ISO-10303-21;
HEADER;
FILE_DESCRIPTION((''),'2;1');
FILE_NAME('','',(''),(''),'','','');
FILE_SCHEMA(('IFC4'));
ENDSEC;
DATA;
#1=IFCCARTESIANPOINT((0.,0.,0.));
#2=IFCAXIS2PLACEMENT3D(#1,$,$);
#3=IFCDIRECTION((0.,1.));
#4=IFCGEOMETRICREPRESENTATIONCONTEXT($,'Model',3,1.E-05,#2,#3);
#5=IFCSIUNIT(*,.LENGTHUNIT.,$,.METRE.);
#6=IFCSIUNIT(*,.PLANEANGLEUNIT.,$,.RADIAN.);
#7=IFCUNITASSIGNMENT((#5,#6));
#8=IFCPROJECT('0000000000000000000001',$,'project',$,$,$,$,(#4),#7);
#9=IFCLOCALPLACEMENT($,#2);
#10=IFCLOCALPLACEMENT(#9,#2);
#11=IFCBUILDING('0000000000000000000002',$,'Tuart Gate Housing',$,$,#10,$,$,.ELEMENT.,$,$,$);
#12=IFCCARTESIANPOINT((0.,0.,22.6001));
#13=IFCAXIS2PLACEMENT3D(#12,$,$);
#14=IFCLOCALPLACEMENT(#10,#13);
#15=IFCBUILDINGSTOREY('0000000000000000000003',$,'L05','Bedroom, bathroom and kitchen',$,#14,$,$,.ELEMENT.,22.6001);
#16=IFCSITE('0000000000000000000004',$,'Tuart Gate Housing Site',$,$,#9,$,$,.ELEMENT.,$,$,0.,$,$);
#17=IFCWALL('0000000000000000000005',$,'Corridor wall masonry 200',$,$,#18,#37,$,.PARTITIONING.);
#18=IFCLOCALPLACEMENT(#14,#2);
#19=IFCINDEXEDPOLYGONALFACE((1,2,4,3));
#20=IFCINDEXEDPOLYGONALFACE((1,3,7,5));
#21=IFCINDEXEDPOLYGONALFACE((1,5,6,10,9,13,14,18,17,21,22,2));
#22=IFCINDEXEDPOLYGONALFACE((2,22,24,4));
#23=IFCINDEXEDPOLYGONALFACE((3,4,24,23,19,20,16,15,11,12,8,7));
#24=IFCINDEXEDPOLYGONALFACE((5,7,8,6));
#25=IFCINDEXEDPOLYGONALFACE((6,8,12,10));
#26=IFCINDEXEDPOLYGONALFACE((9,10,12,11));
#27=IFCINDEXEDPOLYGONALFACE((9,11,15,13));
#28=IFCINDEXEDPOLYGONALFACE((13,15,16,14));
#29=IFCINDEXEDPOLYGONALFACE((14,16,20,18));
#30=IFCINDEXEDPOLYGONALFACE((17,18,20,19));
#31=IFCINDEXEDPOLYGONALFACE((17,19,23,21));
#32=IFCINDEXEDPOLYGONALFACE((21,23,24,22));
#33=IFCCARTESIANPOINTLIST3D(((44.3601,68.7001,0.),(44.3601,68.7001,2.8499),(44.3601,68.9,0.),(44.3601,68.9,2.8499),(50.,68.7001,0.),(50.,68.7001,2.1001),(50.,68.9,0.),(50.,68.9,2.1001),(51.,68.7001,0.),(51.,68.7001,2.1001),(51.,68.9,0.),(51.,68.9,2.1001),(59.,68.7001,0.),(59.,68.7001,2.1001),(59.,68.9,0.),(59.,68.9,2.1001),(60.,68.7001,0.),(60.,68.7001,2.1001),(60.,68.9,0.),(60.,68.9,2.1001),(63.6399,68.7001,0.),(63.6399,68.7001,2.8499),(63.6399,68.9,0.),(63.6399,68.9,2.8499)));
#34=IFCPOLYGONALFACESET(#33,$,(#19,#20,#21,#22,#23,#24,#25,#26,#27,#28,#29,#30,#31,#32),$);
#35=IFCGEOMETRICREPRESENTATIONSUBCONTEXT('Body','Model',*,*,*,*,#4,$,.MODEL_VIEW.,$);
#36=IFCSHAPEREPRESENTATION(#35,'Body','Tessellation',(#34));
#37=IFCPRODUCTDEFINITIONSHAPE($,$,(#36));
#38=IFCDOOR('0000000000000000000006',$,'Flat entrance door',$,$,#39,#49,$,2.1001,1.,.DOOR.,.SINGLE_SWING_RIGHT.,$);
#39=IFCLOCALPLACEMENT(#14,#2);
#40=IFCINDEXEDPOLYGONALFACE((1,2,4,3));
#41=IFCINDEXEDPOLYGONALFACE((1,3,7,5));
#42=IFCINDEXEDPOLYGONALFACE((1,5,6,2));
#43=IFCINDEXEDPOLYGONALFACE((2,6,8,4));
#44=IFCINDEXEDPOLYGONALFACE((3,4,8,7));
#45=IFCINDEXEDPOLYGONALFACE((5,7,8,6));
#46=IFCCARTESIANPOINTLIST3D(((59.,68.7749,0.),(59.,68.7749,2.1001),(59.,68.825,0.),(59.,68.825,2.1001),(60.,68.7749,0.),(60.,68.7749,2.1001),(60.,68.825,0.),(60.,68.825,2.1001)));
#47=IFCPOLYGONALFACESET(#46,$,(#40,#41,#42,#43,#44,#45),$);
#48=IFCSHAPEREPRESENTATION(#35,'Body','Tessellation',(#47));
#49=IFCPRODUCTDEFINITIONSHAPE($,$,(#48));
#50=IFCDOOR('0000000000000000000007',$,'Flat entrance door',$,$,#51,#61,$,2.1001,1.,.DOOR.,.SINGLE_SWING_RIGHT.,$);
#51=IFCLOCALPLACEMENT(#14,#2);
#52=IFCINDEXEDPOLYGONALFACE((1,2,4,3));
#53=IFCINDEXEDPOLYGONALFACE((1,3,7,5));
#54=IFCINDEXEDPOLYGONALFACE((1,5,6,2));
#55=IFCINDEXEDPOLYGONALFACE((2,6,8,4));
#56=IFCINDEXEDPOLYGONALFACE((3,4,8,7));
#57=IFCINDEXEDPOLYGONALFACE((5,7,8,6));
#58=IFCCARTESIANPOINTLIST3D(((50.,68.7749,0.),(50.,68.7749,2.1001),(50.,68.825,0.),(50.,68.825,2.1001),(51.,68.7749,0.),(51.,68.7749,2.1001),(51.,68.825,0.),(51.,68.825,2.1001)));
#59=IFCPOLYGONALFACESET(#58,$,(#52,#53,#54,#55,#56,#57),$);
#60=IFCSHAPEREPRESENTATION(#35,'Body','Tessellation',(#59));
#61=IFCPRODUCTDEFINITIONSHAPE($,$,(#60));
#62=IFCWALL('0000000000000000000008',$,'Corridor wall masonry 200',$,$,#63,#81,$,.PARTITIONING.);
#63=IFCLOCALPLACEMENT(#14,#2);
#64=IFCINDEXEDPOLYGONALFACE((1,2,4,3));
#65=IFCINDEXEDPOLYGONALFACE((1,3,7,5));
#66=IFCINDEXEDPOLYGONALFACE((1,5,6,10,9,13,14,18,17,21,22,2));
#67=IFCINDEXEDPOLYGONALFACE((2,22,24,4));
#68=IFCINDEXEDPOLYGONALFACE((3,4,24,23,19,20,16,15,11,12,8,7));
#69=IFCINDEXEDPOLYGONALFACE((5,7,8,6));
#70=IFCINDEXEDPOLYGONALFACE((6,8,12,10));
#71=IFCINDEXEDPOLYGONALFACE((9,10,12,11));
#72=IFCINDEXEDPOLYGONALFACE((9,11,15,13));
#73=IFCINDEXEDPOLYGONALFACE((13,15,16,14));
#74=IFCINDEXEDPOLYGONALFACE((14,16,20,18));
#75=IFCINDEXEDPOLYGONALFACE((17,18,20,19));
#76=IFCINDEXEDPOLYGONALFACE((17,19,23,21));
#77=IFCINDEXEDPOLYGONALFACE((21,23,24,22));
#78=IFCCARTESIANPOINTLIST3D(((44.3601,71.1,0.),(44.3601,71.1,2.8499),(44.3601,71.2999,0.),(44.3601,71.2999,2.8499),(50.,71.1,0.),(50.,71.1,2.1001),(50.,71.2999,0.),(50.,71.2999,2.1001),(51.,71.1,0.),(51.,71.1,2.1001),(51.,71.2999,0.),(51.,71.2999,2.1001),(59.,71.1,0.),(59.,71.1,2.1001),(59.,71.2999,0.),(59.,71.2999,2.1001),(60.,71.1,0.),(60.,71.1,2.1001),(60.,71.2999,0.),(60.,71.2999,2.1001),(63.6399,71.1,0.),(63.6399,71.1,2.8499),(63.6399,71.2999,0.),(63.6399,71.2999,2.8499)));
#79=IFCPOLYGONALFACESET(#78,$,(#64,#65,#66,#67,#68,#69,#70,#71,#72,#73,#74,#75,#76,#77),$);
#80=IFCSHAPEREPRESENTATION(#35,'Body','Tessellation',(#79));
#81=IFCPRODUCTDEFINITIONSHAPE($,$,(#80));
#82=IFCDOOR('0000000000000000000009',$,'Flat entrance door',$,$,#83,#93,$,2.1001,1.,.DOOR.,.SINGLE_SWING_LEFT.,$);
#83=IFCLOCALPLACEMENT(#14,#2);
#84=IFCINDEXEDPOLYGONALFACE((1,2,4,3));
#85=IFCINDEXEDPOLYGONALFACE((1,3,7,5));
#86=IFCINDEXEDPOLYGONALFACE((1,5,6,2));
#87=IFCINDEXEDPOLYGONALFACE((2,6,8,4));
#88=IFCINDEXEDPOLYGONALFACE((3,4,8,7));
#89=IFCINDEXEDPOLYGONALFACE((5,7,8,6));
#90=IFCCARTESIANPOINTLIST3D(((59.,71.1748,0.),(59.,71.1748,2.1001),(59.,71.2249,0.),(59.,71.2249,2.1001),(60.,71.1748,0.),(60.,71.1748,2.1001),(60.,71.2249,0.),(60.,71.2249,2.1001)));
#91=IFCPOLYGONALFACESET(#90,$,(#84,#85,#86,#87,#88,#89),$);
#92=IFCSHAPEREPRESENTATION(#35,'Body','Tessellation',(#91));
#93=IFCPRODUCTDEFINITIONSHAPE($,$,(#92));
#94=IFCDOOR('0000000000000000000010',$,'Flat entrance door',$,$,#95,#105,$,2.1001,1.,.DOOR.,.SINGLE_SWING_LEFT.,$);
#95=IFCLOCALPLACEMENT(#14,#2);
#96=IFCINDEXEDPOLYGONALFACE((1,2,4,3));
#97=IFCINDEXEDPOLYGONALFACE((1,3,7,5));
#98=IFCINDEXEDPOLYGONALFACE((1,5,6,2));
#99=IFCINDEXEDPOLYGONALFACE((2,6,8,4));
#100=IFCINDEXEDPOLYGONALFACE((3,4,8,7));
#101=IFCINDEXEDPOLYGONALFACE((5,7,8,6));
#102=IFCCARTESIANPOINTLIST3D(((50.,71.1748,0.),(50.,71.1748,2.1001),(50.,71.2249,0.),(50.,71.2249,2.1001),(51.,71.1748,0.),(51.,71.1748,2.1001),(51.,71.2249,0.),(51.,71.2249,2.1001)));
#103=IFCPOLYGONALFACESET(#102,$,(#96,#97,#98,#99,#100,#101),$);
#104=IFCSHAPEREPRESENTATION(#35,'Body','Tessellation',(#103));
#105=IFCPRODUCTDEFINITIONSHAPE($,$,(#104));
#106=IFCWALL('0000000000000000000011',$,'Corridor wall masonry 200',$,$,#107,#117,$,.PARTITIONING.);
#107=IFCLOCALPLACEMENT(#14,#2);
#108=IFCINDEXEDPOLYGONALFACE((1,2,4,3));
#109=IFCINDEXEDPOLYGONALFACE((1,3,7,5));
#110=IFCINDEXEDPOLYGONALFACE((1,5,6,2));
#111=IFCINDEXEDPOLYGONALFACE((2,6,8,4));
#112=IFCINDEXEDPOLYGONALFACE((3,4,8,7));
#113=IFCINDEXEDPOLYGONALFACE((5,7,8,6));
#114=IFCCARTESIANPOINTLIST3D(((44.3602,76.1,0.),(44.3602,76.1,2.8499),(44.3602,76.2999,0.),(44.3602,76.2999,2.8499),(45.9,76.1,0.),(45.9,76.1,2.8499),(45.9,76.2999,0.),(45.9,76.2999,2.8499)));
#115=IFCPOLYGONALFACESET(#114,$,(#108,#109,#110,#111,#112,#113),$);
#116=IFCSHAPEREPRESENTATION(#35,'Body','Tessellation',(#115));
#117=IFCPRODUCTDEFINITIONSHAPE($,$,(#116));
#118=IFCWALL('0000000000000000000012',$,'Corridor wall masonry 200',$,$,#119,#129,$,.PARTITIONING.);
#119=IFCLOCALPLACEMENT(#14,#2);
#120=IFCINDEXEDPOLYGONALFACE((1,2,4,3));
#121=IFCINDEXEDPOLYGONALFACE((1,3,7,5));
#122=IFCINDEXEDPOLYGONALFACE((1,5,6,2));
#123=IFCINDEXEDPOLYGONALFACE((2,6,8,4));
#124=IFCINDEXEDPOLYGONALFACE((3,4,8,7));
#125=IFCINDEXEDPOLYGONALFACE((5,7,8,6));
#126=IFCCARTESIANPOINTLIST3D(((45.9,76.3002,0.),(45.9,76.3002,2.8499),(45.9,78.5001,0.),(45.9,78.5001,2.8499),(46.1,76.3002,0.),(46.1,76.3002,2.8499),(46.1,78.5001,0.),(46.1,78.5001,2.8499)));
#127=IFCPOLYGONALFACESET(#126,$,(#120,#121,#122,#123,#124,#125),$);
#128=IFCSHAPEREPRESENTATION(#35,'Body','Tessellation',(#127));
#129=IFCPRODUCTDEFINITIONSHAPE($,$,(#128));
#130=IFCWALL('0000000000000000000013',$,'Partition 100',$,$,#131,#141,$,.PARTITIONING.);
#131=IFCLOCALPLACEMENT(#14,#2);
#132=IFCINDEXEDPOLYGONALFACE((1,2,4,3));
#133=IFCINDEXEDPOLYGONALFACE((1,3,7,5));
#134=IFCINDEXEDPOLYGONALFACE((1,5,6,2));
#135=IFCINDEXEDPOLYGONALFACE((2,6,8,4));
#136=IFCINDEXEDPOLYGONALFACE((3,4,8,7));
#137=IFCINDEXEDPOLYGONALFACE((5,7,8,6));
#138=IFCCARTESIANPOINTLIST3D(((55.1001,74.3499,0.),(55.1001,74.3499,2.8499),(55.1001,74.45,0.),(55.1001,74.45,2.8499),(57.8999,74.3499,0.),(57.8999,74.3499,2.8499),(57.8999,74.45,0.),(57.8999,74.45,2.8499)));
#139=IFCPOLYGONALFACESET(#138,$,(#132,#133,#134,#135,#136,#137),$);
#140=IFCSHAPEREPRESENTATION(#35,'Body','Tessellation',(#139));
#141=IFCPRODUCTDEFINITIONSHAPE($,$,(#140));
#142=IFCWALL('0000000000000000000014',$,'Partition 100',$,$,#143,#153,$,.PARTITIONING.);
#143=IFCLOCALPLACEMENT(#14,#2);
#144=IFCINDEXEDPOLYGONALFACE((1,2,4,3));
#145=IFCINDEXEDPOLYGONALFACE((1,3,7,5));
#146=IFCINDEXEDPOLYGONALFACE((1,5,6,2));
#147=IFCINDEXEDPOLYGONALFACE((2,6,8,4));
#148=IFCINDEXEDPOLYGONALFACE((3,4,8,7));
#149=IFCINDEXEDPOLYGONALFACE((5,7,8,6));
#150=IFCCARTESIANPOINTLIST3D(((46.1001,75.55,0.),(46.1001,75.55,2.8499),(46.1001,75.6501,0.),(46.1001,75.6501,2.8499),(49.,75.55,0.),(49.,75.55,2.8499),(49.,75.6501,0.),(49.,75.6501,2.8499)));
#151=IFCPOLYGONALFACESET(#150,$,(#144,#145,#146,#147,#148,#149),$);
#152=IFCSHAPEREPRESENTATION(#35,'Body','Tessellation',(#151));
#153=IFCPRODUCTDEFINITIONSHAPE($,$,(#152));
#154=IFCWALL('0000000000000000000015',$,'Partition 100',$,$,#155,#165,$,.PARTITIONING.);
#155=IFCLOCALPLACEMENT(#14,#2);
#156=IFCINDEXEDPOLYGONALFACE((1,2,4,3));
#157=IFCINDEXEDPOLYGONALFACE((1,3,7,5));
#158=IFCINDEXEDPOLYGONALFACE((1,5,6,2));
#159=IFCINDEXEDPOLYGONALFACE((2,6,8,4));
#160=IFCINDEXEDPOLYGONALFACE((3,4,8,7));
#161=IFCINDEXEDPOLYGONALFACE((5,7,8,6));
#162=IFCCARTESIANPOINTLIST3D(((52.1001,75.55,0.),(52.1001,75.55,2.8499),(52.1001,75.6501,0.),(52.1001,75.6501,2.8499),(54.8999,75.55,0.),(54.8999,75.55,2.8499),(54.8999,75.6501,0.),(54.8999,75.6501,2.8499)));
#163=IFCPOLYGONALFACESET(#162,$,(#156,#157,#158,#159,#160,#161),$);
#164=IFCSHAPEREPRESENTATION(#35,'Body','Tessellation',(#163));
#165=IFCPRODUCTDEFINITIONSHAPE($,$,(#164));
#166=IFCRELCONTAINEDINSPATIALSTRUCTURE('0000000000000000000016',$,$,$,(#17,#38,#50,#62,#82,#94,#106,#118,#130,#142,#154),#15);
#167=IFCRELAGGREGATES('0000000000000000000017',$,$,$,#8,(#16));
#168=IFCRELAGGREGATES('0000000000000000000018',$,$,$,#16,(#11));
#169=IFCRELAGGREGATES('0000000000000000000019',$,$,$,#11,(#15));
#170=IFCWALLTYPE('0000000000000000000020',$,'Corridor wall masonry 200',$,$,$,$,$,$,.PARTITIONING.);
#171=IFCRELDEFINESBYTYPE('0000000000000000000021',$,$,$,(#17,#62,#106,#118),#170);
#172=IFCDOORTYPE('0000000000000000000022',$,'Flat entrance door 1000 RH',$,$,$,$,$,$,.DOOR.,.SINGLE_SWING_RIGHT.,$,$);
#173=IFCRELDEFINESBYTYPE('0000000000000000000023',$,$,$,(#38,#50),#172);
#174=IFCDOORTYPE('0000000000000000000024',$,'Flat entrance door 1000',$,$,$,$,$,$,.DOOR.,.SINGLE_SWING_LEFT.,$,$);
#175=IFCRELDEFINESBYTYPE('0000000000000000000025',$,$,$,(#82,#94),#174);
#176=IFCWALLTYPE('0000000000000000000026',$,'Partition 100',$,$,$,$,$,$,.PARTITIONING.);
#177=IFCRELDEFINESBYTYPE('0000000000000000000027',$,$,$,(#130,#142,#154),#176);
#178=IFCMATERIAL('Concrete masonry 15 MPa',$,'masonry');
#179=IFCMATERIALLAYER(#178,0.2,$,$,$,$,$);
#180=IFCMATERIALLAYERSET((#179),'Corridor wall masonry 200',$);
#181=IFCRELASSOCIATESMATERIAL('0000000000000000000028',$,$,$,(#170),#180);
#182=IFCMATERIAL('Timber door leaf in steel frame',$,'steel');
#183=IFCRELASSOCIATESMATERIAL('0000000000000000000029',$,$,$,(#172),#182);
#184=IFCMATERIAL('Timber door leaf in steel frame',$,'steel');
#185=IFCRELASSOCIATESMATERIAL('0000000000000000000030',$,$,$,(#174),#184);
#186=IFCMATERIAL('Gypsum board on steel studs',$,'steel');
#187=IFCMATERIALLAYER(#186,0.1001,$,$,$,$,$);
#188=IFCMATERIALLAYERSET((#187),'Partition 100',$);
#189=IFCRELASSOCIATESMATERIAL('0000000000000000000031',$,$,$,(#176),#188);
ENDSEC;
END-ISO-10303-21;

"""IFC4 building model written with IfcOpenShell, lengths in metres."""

from ifc_helpers import new_model, si_unit, direction, frame, frame_2d, origin, place, context, subcontext, project, spatial, rectangle, extrude, material, layer, layer_set, type_object, element, fill, save


model = new_model("IFC4")

# Units and contexts
model_context = context("Model", 3, precision=1e-05, world=origin(), true_north=direction((0.0, 1.0)))
body_context = subcontext(model_context, "Body", "Model", "MODEL_VIEW")
ifc_project = project(units=[si_unit("LENGTHUNIT", "METRE"), si_unit("PLANEANGLEUNIT", "RADIAN")], contexts=[model_context])

# Site, building, storey
site_placement = place(None, origin())
site = spatial("IfcSite", under=ifc_project, at=site_placement, Name="Tuart Gate Housing Site", CompositionType="ELEMENT", RefElevation=0.0)
building_placement = place(site_placement, origin())
building = spatial("IfcBuilding", under=site, at=building_placement, Name="Tuart Gate Housing", CompositionType="ELEMENT")
storey_placement = place(building_placement, frame((0.0, 0.0, 22.6001)))
storey = spatial("IfcBuildingStorey", under=building, at=storey_placement, Name="L05", Description="Bedroom, bathroom and kitchen", CompositionType="ELEMENT", Elevation=22.6001)

# Walls, openings, doors
ifc_material_1 = material(Name="Concrete masonry 15 MPa", Category="masonry")
ifc_layer_1 = layer(ifc_material_1, 0.2)
ifc_layer_set_1 = layer_set([ifc_layer_1], Name="Corridor wall masonry 200")
wall_type_1 = type_object("IfcWallType", Name="Corridor wall masonry 200", PredefinedType="PARTITIONING", material=ifc_layer_set_1)
wall_1_placement = place(storey_placement, frame((44.3601, 68.8, 0.0), z_axis=(0.0, 0.0, 1.0), x_axis=(1.0, 0.0, 0.0)))
wall_1 = element("IfcWall", 1, at=wall_1_placement, inside=storey, type_object=wall_type_1, Name="Corridor wall masonry 200", PredefinedType="PARTITIONING", context=body_context, shape_type="SweptSolid", body=[
    extrude(rectangle(XDim=19.2798, YDim=0.2, at=frame_2d((9.6399, 0.0))), origin(), (0.0, 0.0, 1.0), 2.8499),
])
opening_1_placement = place(wall_1_placement, frame((14.6399, 0.0, 0.0)))
opening_1 = element("IfcOpeningElement", 2, at=opening_1_placement, cuts=wall_1, PredefinedType="OPENING", context=body_context, shape_type="SweptSolid", body=[
    extrude(rectangle(XDim=1.0, YDim=2.1001, at=frame_2d((0.5, 1.05))), frame((0.0, 0.1099, 0.0), z_axis=(0.0, -1.0, 0.0), x_axis=(1.0, 0.0, 0.0)), (0.0, 0.0, 1.0), 0.22),
])
opening_2_placement = place(wall_1_placement, frame((5.6399, 0.0, 0.0)))
opening_2 = element("IfcOpeningElement", 3, at=opening_2_placement, cuts=wall_1, PredefinedType="OPENING", context=body_context, shape_type="SweptSolid", body=[
    extrude(rectangle(XDim=1.0, YDim=2.1001, at=frame_2d((0.5, 1.05))), frame((0.0, 0.1099, 0.0), z_axis=(0.0, -1.0, 0.0), x_axis=(1.0, 0.0, 0.0)), (0.0, 0.0, 1.0), 0.22),
])
ifc_material_2 = material(Name="Timber door leaf in steel frame", Category="steel")
door_type_1 = type_object("IfcDoorType", Name="Flat entrance door 1000 RH", OperationType="SINGLE_SWING_RIGHT", PredefinedType="DOOR", material=ifc_material_2)
door_1_placement = place(opening_1_placement, frame((1.0, 0.0, 0.0), z_axis=(0.0, 0.0, 1.0), x_axis=(-1.0, 0.0, 0.0)))
door_1 = element("IfcDoor", 4, at=door_1_placement, inside=storey, type_object=door_type_1, Name="Flat entrance door", OperationType="SINGLE_SWING_RIGHT", OverallHeight=2.1001, OverallWidth=1.0, PredefinedType="DOOR", context=body_context, shape_type="SweptSolid", body=[
    extrude(rectangle(XDim=1.0, YDim=2.1001, at=frame_2d((0.5, 1.05))), frame((0.0, 0.0251, 0.0), z_axis=(0.0, -1.0, 0.0), x_axis=(1.0, 0.0, 0.0)), (0.0, 0.0, 1.0), 0.05),
])
fill(opening_1, door_1)
door_2_placement = place(opening_2_placement, frame((1.0, 0.0, 0.0), z_axis=(0.0, 0.0, 1.0), x_axis=(-1.0, 0.0, 0.0)))
door_2 = element("IfcDoor", 5, at=door_2_placement, inside=storey, type_object=door_type_1, Name="Flat entrance door", OperationType="SINGLE_SWING_RIGHT", OverallHeight=2.1001, OverallWidth=1.0, PredefinedType="DOOR", context=body_context, shape_type="SweptSolid", body=[
    extrude(rectangle(XDim=1.0, YDim=2.1001, at=frame_2d((0.5, 1.05))), frame((0.0, 0.0251, 0.0), z_axis=(0.0, -1.0, 0.0), x_axis=(1.0, 0.0, 0.0)), (0.0, 0.0, 1.0), 0.05),
])
fill(opening_2, door_2)
wall_2_placement = place(storey_placement, frame((44.3601, 71.2, 0.0), z_axis=(0.0, 0.0, 1.0), x_axis=(1.0, 0.0, 0.0)))
wall_2 = element("IfcWall", 6, at=wall_2_placement, inside=storey, type_object=wall_type_1, Name="Corridor wall masonry 200", PredefinedType="PARTITIONING", context=body_context, shape_type="SweptSolid", body=[
    extrude(rectangle(XDim=19.2798, YDim=0.2, at=frame_2d((9.6399, 0.0))), origin(), (0.0, 0.0, 1.0), 2.8499),
])
opening_3_placement = place(wall_2_placement, frame((14.6399, 0.0, 0.0)))
opening_3 = element("IfcOpeningElement", 7, at=opening_3_placement, cuts=wall_2, PredefinedType="OPENING", context=body_context, shape_type="SweptSolid", body=[
    extrude(rectangle(XDim=1.0, YDim=2.1001, at=frame_2d((0.5, 1.05))), frame((0.0, 0.1099, 0.0), z_axis=(0.0, -1.0, 0.0), x_axis=(1.0, 0.0, 0.0)), (0.0, 0.0, 1.0), 0.22),
])
opening_4_placement = place(wall_2_placement, frame((5.6399, 0.0, 0.0)))
opening_4 = element("IfcOpeningElement", 8, at=opening_4_placement, cuts=wall_2, PredefinedType="OPENING", context=body_context, shape_type="SweptSolid", body=[
    extrude(rectangle(XDim=1.0, YDim=2.1001, at=frame_2d((0.5, 1.05))), frame((0.0, 0.1099, 0.0), z_axis=(0.0, -1.0, 0.0), x_axis=(1.0, 0.0, 0.0)), (0.0, 0.0, 1.0), 0.22),
])
ifc_material_3 = material(Name="Timber door leaf in steel frame", Category="steel")
door_type_2 = type_object("IfcDoorType", Name="Flat entrance door 1000", OperationType="SINGLE_SWING_LEFT", PredefinedType="DOOR", material=ifc_material_3)
door_3_placement = place(opening_3_placement, origin())
door_3 = element("IfcDoor", 9, at=door_3_placement, inside=storey, type_object=door_type_2, Name="Flat entrance door", OperationType="SINGLE_SWING_LEFT", OverallHeight=2.1001, OverallWidth=1.0, PredefinedType="DOOR", context=body_context, shape_type="SweptSolid", body=[
    extrude(rectangle(XDim=1.0, YDim=2.1001, at=frame_2d((0.5, 1.05))), frame((0.0, 0.0249, 0.0), z_axis=(0.0, -1.0, 0.0), x_axis=(1.0, 0.0, 0.0)), (0.0, 0.0, 1.0), 0.05),
])
fill(opening_3, door_3)
door_4_placement = place(opening_4_placement, origin())
door_4 = element("IfcDoor", 10, at=door_4_placement, inside=storey, type_object=door_type_2, Name="Flat entrance door", OperationType="SINGLE_SWING_LEFT", OverallHeight=2.1001, OverallWidth=1.0, PredefinedType="DOOR", context=body_context, shape_type="SweptSolid", body=[
    extrude(rectangle(XDim=1.0, YDim=2.1001, at=frame_2d((0.5, 1.05))), frame((0.0, 0.0249, 0.0), z_axis=(0.0, -1.0, 0.0), x_axis=(1.0, 0.0, 0.0)), (0.0, 0.0, 1.0), 0.05),
])
fill(opening_4, door_4)

# Walls
wall_3_placement = place(storey_placement, frame((44.3601, 76.2, 0.0), z_axis=(0.0, 0.0, 1.0), x_axis=(1.0, 0.0, 0.0)))
element("IfcWall", 11, at=wall_3_placement, inside=storey, type_object=wall_type_1, Name="Corridor wall masonry 200", PredefinedType="PARTITIONING", context=body_context, shape_type="SweptSolid", body=[
    extrude(rectangle(XDim=1.5398, YDim=0.2, at=frame_2d((0.77, 0.0))), origin(), (0.0, 0.0, 1.0), 2.8499),
])
wall_4_placement = place(storey_placement, frame((46.0, 76.3, 0.0), z_axis=(0.0, 0.0, 1.0), x_axis=(0.0, 1.0, 0.0)))
element("IfcWall", 12, at=wall_4_placement, inside=storey, type_object=wall_type_1, Name="Corridor wall masonry 200", PredefinedType="PARTITIONING", context=body_context, shape_type="SweptSolid", body=[
    extrude(rectangle(XDim=2.2, YDim=0.2, at=frame_2d((1.1001, 0.0))), origin(), (0.0, 0.0, 1.0), 2.8499),
])
ifc_material_4 = material(Name="Gypsum board on steel studs", Category="steel")
ifc_layer_2 = layer(ifc_material_4, 0.1001)
ifc_layer_set_2 = layer_set([ifc_layer_2], Name="Partition 100")
wall_type_2 = type_object("IfcWallType", Name="Partition 100", PredefinedType="PARTITIONING", material=ifc_layer_set_2)
wall_5_placement = place(storey_placement, frame((55.1001, 74.3999, 0.0), z_axis=(0.0, 0.0, 1.0), x_axis=(1.0, 0.0, 0.0)))
element("IfcWall", 13, at=wall_5_placement, inside=storey, type_object=wall_type_2, Name="Partition 100", PredefinedType="PARTITIONING", context=body_context, shape_type="SweptSolid", body=[
    extrude(rectangle(XDim=2.7998, YDim=0.1001, at=frame_2d((1.3999, 0.0))), origin(), (0.0, 0.0, 1.0), 2.8499),
])
wall_6_placement = place(storey_placement, frame((46.1001, 75.6001, 0.0), z_axis=(0.0, 0.0, 1.0), x_axis=(1.0, 0.0, 0.0)))
element("IfcWall", 14, at=wall_6_placement, inside=storey, type_object=wall_type_2, Name="Partition 100", PredefinedType="PARTITIONING", context=body_context, shape_type="SweptSolid", body=[
    extrude(rectangle(XDim=2.8999, YDim=0.1001, at=frame_2d((1.45, 0.0))), origin(), (0.0, 0.0, 1.0), 2.8499),
])
wall_7_placement = place(storey_placement, frame((52.1001, 75.6001, 0.0), z_axis=(0.0, 0.0, 1.0), x_axis=(1.0, 0.0, 0.0)))
element("IfcWall", 15, at=wall_7_placement, inside=storey, type_object=wall_type_2, Name="Partition 100", PredefinedType="PARTITIONING", context=body_context, shape_type="SweptSolid", body=[
    extrude(rectangle(XDim=2.7998, YDim=0.1001, at=frame_2d((1.3999, 0.0))), origin(), (0.0, 0.0, 1.0), 2.8499),
])

save(model, "model.ifc")
